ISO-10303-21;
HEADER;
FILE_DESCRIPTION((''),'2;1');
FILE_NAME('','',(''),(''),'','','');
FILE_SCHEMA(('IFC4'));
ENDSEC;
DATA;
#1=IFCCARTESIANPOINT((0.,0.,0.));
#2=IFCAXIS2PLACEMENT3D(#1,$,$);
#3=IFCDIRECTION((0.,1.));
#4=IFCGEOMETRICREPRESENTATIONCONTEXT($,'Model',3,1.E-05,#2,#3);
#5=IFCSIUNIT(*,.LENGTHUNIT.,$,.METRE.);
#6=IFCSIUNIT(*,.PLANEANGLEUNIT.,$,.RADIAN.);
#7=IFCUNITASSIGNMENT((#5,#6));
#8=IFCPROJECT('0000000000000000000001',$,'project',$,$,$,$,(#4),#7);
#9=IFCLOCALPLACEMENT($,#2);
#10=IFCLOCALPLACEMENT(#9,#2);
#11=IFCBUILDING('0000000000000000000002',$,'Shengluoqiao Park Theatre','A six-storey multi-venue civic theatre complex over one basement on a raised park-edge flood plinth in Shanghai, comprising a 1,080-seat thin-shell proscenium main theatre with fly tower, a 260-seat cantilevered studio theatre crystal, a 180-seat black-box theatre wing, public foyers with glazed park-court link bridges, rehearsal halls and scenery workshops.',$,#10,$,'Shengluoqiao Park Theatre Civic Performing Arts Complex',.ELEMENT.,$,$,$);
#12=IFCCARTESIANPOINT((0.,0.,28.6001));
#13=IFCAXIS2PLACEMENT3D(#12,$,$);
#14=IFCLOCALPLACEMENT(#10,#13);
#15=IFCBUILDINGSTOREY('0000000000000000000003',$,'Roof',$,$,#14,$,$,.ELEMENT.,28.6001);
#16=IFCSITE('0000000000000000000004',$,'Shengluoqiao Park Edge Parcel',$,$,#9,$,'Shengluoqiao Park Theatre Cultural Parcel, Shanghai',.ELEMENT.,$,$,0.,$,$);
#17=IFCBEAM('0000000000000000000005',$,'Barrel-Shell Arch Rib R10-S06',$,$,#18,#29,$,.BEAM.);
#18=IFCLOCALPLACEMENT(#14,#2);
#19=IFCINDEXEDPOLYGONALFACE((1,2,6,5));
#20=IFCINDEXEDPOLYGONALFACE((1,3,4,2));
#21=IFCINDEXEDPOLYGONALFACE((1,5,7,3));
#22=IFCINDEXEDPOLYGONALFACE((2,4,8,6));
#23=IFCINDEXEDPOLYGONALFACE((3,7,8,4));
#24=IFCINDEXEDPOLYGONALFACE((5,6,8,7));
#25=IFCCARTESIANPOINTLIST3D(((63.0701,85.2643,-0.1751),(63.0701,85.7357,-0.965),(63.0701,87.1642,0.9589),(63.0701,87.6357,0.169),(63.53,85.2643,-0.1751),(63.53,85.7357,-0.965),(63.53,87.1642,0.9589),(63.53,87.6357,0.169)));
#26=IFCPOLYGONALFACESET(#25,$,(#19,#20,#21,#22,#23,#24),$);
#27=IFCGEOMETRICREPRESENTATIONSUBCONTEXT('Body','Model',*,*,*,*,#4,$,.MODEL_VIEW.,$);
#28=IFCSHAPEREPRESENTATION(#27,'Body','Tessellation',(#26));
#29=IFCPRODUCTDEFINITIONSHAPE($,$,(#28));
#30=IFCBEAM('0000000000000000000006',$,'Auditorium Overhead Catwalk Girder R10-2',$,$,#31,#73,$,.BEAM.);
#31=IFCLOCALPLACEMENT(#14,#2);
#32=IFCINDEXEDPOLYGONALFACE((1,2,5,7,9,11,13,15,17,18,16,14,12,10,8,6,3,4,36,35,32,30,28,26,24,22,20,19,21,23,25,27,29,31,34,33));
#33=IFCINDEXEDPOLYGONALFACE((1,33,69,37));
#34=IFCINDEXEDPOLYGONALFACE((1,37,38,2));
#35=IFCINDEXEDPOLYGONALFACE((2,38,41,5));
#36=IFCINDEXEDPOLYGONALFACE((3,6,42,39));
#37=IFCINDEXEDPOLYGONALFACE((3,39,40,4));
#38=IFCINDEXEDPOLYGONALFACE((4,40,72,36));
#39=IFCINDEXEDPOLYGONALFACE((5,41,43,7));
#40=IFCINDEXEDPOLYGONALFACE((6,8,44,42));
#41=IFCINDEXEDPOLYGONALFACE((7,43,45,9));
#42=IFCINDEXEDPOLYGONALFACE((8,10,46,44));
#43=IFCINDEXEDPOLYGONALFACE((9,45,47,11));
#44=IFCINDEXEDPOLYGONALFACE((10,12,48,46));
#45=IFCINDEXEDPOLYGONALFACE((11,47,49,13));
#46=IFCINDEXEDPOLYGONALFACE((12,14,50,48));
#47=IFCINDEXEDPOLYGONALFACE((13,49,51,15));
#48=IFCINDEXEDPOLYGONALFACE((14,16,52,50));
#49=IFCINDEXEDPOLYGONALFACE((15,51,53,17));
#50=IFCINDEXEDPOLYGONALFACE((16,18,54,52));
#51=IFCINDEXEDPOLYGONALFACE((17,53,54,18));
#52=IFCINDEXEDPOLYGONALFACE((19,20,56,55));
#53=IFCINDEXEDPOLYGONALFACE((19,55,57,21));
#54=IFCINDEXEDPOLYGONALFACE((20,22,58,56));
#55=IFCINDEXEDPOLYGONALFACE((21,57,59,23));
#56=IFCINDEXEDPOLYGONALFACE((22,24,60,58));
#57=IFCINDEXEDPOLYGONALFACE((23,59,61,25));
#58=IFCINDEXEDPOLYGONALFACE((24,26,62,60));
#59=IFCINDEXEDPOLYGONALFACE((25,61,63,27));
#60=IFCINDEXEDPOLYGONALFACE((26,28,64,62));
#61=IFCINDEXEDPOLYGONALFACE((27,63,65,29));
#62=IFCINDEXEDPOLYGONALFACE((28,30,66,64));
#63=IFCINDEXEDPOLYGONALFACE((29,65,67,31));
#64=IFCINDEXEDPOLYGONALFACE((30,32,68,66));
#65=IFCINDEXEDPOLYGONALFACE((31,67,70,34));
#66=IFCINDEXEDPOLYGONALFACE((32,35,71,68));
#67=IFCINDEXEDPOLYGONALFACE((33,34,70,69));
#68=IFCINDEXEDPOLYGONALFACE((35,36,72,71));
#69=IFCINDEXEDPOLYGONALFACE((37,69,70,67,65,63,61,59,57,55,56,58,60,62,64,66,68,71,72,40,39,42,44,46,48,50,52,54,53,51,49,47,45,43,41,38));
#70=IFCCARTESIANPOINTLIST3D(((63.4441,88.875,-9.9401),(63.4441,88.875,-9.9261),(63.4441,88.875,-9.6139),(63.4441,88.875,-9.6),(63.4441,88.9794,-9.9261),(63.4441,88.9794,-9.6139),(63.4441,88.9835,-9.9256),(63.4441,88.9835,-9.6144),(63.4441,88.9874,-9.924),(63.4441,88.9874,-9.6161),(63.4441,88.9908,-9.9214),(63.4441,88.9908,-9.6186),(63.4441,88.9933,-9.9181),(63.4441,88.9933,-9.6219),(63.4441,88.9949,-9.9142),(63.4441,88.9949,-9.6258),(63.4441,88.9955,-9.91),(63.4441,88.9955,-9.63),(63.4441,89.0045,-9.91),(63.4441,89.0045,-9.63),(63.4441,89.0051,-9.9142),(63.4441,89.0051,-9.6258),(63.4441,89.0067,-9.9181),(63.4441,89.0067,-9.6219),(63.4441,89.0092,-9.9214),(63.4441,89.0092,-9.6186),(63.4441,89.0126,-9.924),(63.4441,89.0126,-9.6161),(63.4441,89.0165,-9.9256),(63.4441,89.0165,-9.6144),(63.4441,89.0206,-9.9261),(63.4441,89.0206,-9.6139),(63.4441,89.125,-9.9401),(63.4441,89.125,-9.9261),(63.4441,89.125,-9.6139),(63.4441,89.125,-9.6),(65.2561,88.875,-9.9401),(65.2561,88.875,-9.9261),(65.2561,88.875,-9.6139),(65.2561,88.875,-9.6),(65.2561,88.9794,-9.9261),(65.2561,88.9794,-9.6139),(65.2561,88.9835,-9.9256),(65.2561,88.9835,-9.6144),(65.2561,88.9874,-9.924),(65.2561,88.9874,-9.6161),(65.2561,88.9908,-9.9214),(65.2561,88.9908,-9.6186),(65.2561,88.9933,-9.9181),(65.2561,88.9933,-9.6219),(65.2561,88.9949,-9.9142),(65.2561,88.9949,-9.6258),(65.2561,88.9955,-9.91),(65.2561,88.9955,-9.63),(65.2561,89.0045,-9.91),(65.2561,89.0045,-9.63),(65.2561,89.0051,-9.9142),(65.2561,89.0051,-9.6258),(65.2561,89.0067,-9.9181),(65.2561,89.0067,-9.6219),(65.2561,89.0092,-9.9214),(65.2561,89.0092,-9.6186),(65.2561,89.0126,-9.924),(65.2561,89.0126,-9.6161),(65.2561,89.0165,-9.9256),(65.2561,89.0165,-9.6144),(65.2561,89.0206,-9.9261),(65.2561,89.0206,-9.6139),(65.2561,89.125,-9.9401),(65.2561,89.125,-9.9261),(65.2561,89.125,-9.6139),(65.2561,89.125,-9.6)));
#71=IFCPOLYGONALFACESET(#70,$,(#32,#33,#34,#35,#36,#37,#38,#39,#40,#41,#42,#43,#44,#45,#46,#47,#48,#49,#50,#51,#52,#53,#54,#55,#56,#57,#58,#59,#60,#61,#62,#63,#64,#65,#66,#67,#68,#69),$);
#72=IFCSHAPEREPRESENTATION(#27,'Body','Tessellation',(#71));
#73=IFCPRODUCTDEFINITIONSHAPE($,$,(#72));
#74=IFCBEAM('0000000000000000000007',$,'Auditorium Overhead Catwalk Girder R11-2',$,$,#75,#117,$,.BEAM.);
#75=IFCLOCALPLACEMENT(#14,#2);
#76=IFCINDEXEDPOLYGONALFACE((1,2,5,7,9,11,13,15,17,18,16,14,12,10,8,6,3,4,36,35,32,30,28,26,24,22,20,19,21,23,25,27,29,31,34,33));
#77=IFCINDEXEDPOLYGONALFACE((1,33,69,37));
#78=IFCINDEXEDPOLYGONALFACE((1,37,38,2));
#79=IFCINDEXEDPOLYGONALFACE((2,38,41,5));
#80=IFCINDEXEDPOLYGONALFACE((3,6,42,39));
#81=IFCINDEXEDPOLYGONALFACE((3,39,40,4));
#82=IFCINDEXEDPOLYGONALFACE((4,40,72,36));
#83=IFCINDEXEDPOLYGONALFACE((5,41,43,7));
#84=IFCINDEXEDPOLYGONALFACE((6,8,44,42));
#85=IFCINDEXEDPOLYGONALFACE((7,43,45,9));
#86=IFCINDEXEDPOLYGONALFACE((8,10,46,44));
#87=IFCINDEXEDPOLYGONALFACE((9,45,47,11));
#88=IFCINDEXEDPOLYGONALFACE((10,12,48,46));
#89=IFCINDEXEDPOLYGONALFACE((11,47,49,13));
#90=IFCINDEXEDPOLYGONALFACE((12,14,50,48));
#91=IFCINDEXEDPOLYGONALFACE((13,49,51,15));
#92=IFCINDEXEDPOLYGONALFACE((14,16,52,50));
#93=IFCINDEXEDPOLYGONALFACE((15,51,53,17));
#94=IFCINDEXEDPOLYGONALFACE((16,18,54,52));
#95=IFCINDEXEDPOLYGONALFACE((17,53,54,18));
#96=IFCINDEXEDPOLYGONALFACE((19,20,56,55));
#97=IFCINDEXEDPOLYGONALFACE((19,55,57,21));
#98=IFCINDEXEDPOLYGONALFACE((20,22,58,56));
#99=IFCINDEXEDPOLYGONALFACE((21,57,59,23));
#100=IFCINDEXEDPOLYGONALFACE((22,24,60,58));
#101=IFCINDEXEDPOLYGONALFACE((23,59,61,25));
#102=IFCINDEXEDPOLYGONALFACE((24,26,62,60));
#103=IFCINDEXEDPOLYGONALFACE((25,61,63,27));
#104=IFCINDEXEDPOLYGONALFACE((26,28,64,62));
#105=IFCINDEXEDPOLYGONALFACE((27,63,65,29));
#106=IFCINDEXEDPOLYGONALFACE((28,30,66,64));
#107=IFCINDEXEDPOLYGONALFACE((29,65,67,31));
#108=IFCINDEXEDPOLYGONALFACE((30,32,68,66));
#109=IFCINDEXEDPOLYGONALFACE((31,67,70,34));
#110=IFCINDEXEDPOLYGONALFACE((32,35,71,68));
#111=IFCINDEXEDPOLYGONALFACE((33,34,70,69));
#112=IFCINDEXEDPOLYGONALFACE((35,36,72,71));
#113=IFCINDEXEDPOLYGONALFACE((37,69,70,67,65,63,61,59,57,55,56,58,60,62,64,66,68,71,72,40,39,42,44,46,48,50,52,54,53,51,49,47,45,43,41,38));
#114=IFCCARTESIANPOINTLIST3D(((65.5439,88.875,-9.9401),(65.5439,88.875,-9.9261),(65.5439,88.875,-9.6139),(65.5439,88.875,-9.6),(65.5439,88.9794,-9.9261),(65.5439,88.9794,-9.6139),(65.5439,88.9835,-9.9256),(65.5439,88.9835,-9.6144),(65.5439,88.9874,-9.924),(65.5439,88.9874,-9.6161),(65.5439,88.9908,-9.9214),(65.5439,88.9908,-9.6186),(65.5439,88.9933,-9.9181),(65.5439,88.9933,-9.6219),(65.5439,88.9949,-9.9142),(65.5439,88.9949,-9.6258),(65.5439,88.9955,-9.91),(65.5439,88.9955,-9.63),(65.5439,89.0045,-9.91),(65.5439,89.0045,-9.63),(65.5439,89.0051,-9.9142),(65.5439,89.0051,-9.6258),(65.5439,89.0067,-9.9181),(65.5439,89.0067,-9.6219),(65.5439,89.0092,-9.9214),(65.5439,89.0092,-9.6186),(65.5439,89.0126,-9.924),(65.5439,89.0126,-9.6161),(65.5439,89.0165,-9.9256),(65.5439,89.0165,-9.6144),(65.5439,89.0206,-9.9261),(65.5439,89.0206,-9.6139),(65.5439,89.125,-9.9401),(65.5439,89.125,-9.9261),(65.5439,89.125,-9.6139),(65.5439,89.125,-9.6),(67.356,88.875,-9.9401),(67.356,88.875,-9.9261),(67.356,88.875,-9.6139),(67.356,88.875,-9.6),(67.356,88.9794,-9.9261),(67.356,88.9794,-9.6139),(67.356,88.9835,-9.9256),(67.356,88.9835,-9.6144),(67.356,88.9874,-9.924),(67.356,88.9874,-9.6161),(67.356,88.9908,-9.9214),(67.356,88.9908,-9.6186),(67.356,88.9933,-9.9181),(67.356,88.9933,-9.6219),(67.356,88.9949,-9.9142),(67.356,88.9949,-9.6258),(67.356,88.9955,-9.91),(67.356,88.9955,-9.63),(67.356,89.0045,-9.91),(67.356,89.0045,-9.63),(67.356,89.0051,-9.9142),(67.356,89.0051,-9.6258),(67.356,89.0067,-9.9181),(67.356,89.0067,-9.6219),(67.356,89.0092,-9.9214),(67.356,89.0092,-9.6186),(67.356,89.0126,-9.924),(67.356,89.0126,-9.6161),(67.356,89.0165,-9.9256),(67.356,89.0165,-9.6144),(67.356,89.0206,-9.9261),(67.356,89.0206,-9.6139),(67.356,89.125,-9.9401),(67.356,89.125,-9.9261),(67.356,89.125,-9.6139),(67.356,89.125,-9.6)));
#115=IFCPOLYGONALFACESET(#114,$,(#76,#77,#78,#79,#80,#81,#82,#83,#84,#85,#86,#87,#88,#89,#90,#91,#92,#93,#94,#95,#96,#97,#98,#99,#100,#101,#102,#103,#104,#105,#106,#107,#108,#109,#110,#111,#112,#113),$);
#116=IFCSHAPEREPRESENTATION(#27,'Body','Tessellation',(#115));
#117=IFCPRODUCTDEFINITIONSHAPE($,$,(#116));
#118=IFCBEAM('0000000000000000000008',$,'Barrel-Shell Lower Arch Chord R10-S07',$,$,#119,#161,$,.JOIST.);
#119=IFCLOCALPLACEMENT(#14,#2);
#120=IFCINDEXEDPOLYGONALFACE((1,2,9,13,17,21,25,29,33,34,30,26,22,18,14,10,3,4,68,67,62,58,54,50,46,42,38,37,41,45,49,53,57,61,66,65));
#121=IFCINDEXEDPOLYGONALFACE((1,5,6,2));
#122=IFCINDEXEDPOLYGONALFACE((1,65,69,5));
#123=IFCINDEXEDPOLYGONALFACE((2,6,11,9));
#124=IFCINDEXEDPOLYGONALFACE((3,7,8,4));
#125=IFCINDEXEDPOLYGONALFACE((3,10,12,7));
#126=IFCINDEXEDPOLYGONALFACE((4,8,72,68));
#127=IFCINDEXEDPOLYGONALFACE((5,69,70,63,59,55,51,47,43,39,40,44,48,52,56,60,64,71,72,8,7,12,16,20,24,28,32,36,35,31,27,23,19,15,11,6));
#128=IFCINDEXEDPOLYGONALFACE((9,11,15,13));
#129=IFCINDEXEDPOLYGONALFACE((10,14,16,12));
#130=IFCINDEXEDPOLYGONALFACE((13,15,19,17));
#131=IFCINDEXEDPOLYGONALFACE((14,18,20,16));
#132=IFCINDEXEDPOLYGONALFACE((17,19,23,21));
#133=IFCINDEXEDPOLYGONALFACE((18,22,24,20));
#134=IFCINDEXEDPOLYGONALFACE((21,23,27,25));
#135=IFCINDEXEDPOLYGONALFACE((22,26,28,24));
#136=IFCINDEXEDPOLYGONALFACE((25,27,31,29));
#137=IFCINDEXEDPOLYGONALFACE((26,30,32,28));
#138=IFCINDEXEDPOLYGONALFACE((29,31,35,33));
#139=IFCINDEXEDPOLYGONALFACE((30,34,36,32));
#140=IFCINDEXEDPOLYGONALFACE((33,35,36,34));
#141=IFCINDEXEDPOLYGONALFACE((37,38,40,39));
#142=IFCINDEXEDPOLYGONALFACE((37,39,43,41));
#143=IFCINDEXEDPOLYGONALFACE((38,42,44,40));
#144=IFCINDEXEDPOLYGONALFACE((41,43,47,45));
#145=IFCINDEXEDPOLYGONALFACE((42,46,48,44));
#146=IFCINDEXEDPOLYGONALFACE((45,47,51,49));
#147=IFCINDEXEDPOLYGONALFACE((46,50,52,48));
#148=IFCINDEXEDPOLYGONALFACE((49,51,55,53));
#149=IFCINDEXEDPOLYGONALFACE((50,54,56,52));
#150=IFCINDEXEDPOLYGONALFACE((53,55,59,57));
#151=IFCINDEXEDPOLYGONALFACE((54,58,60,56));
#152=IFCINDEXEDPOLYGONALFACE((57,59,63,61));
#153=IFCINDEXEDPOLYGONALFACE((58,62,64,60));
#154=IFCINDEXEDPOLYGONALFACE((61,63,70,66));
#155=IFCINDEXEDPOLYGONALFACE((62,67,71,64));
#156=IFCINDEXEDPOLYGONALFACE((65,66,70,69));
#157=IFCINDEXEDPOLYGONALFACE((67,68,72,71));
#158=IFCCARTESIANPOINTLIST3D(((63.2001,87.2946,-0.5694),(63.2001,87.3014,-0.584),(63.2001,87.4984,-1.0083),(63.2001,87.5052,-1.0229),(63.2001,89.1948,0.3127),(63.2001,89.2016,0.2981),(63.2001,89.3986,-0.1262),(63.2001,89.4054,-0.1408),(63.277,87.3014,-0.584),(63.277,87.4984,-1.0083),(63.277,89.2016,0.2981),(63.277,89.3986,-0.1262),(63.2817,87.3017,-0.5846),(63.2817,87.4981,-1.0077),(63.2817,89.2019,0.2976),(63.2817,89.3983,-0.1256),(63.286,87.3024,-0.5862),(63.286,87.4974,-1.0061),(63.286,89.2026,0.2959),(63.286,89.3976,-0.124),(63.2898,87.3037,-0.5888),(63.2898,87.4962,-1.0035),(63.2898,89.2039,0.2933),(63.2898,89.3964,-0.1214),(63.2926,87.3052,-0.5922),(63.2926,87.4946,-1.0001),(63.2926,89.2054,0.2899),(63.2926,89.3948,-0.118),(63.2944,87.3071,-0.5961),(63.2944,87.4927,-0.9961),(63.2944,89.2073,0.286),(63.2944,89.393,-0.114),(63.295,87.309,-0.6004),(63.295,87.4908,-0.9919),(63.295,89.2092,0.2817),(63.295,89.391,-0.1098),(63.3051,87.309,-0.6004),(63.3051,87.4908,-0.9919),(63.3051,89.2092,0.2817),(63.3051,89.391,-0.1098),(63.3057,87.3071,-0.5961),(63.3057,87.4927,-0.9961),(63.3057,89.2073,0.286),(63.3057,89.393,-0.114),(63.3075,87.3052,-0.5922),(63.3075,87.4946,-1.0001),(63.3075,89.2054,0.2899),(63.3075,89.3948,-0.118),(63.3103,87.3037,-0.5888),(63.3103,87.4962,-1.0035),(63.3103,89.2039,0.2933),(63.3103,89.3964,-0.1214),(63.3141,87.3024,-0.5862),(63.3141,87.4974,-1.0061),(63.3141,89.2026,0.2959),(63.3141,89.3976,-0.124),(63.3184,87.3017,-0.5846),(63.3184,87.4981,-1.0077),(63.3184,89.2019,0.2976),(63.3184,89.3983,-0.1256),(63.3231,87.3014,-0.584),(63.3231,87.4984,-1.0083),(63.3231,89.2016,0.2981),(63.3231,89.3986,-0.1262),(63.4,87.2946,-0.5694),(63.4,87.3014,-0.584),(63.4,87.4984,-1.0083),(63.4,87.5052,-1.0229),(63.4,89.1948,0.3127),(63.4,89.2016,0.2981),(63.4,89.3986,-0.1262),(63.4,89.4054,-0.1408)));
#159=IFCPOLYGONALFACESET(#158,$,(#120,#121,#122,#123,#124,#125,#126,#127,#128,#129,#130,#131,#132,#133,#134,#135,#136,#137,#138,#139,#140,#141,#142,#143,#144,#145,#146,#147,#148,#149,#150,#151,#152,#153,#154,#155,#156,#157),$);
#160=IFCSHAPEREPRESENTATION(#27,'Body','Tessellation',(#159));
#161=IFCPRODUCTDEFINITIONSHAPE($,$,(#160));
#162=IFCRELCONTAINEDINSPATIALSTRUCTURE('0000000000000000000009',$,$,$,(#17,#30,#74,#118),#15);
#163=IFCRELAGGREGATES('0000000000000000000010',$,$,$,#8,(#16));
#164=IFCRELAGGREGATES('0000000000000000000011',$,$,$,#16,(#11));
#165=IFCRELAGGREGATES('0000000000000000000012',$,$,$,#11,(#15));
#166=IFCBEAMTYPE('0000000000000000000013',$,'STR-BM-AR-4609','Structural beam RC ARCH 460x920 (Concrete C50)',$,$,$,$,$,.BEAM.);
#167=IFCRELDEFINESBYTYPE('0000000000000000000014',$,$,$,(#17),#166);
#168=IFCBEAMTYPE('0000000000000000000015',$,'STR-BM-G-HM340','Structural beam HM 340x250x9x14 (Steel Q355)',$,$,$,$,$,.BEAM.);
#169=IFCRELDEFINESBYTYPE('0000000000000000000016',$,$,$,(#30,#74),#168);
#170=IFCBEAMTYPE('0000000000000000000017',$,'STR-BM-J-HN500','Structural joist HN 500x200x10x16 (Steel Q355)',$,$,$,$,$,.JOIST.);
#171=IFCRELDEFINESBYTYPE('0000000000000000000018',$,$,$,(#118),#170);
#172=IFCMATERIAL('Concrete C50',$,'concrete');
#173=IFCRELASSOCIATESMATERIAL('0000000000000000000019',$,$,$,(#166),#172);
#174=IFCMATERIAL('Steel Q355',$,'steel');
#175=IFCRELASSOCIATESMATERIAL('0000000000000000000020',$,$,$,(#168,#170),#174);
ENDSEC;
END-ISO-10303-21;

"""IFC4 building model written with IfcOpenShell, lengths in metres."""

from ifc_helpers import new_model, si_unit, direction, frame, origin, origin_2d, place, context, subcontext, project, spatial, rectangle, i_section, extrude, material, material_profile, profile_set, type_object, element, save


model = new_model("IFC4")

# Units and contexts
model_context = context("Model", 3, precision=1e-05, world=origin(), true_north=direction((0.0, 1.0)))
body_context = subcontext(model_context, "Body", "Model", "MODEL_VIEW")
ifc_project = project(units=[si_unit("LENGTHUNIT", "METRE"), si_unit("PLANEANGLEUNIT", "RADIAN")], contexts=[model_context])

# Site, building, storey
site_placement = place(None, origin())
site = spatial("IfcSite", under=ifc_project, at=site_placement, Name="Shengluoqiao Park Edge Parcel", LongName="Shengluoqiao Park Theatre Cultural Parcel, Shanghai", CompositionType="ELEMENT", RefElevation=0.0)
building_placement = place(site_placement, origin())
building = spatial("IfcBuilding", under=site, at=building_placement, Name="Shengluoqiao Park Theatre", Description="A six-storey multi-venue civic theatre complex over one basement on a raised park-edge flood plinth in Shanghai, comprising a 1,080-seat thin-shell proscenium main theatre with fly tower, a 260-seat cantilevered studio theatre crystal, a 180-seat black-box theatre wing, public foyers with glazed park-court link bridges, rehearsal halls and scenery workshops.", LongName="Shengluoqiao Park Theatre Civic Performing Arts Complex", CompositionType="ELEMENT")
storey_placement = place(building_placement, frame((0.0, 0.0, 28.6001)))
storey = spatial("IfcBuildingStorey", under=building, at=storey_placement, Name="Roof", CompositionType="ELEMENT", Elevation=28.6001)

# Beams
ifc_material_1 = material(Name="Concrete C50", Category="concrete")
ifc_material_profile_1 = material_profile(ifc_material_1, rectangle(XDim=0.46, YDim=0.9199, at=origin_2d()), Name="RC ARCH 460x920")
ifc_profile_set_1 = profile_set([ifc_material_profile_1], Name="Concrete C50")
beam_type_1 = type_object("IfcBeamType", Name="STR-BM-AR-4609", Description="Structural beam RC ARCH 460x920 (Concrete C50)", PredefinedType="BEAM", material=ifc_profile_set_1)
beam_1_placement = place(storey_placement, frame((63.3, 85.5, -0.5701), z_axis=(0.0, 0.858669, 0.512531), x_axis=(-1.0, 0.0, 0.0)))
element("IfcBeam", 1, at=beam_1_placement, inside=storey, type_object=beam_type_1, Name="Barrel-Shell Arch Rib R10-S06", PredefinedType="BEAM", context=body_context, shape_type="SweptSolid", body=[
    extrude(rectangle(XDim=0.46, YDim=0.9199, at=origin_2d()), origin(), (0.0, 0.0, 1.0), 2.2126),
])
ifc_material_2 = material(Name="Steel Q355", Category="steel")
ifc_material_profile_2 = material_profile(ifc_material_2, i_section(OverallWidth=0.25, OverallDepth=0.3401, WebThickness=0.009, FlangeThickness=0.0139, FilletRadius=0.0161, at=origin_2d()), Name="HM 340x250x9x14")
ifc_profile_set_2 = profile_set([ifc_material_profile_2], Name="Steel Q355")
beam_type_2 = type_object("IfcBeamType", Name="STR-BM-G-HM340", Description="Structural beam HM 340x250x9x14 (Steel Q355)", PredefinedType="BEAM", material=ifc_profile_set_2)
for number, where, z_axis, x_axis, name in (
    (2, (63.4441, 89.0, -9.77), (1.0, 0.0, 0.0), (0.0, 1.0, 0.0), "Auditorium Overhead Catwalk Girder R10-2"),
    (3, (65.5439, 89.0, -9.77), (1.0, 0.0, 0.0), (0.0, 1.0, 0.0), "Auditorium Overhead Catwalk Girder R11-2"),
):
    element("IfcBeam", number, at=place(storey_placement, frame(where, z_axis=z_axis, x_axis=x_axis)), inside=storey, type_object=beam_type_2, Name=name, PredefinedType="BEAM", context=body_context, shape_type="SweptSolid", body=[
        extrude(i_section(OverallWidth=0.25, OverallDepth=0.3401, WebThickness=0.009, FlangeThickness=0.0139, FilletRadius=0.0161, at=origin_2d()), origin(), (0.0, 0.0, 1.0), 1.812),
    ])
ifc_material_profile_3 = material_profile(ifc_material_2, i_section(OverallWidth=0.2, OverallDepth=0.5, WebThickness=0.01, FlangeThickness=0.0161, FilletRadius=0.0181, at=origin_2d()), Name="HN 500x200x10x16")
ifc_profile_set_3 = profile_set([ifc_material_profile_3], Name="Steel Q355")
beam_type_3 = type_object("IfcBeamType", Name="STR-BM-J-HN500", Description="Structural joist HN 500x200x10x16 (Steel Q355)", PredefinedType="JOIST", material=ifc_profile_set_3)
beam_2_placement = place(storey_placement, frame((63.3, 87.3999, -0.7961), z_axis=(0.0, 0.907033, 0.42106), x_axis=(-1.0, 0.0, 0.0)))
element("IfcBeam", 4, at=beam_2_placement, inside=storey, type_object=beam_type_3, Name="Barrel-Shell Lower Arch Chord R10-S07", PredefinedType="JOIST", context=body_context, shape_type="SweptSolid", body=[
    extrude(i_section(OverallWidth=0.2, OverallDepth=0.5, WebThickness=0.01, FlangeThickness=0.0161, FilletRadius=0.0181, at=origin_2d()), origin(), (0.0, 0.0, 1.0), 2.095),
])

save(model, "model.ifc")
